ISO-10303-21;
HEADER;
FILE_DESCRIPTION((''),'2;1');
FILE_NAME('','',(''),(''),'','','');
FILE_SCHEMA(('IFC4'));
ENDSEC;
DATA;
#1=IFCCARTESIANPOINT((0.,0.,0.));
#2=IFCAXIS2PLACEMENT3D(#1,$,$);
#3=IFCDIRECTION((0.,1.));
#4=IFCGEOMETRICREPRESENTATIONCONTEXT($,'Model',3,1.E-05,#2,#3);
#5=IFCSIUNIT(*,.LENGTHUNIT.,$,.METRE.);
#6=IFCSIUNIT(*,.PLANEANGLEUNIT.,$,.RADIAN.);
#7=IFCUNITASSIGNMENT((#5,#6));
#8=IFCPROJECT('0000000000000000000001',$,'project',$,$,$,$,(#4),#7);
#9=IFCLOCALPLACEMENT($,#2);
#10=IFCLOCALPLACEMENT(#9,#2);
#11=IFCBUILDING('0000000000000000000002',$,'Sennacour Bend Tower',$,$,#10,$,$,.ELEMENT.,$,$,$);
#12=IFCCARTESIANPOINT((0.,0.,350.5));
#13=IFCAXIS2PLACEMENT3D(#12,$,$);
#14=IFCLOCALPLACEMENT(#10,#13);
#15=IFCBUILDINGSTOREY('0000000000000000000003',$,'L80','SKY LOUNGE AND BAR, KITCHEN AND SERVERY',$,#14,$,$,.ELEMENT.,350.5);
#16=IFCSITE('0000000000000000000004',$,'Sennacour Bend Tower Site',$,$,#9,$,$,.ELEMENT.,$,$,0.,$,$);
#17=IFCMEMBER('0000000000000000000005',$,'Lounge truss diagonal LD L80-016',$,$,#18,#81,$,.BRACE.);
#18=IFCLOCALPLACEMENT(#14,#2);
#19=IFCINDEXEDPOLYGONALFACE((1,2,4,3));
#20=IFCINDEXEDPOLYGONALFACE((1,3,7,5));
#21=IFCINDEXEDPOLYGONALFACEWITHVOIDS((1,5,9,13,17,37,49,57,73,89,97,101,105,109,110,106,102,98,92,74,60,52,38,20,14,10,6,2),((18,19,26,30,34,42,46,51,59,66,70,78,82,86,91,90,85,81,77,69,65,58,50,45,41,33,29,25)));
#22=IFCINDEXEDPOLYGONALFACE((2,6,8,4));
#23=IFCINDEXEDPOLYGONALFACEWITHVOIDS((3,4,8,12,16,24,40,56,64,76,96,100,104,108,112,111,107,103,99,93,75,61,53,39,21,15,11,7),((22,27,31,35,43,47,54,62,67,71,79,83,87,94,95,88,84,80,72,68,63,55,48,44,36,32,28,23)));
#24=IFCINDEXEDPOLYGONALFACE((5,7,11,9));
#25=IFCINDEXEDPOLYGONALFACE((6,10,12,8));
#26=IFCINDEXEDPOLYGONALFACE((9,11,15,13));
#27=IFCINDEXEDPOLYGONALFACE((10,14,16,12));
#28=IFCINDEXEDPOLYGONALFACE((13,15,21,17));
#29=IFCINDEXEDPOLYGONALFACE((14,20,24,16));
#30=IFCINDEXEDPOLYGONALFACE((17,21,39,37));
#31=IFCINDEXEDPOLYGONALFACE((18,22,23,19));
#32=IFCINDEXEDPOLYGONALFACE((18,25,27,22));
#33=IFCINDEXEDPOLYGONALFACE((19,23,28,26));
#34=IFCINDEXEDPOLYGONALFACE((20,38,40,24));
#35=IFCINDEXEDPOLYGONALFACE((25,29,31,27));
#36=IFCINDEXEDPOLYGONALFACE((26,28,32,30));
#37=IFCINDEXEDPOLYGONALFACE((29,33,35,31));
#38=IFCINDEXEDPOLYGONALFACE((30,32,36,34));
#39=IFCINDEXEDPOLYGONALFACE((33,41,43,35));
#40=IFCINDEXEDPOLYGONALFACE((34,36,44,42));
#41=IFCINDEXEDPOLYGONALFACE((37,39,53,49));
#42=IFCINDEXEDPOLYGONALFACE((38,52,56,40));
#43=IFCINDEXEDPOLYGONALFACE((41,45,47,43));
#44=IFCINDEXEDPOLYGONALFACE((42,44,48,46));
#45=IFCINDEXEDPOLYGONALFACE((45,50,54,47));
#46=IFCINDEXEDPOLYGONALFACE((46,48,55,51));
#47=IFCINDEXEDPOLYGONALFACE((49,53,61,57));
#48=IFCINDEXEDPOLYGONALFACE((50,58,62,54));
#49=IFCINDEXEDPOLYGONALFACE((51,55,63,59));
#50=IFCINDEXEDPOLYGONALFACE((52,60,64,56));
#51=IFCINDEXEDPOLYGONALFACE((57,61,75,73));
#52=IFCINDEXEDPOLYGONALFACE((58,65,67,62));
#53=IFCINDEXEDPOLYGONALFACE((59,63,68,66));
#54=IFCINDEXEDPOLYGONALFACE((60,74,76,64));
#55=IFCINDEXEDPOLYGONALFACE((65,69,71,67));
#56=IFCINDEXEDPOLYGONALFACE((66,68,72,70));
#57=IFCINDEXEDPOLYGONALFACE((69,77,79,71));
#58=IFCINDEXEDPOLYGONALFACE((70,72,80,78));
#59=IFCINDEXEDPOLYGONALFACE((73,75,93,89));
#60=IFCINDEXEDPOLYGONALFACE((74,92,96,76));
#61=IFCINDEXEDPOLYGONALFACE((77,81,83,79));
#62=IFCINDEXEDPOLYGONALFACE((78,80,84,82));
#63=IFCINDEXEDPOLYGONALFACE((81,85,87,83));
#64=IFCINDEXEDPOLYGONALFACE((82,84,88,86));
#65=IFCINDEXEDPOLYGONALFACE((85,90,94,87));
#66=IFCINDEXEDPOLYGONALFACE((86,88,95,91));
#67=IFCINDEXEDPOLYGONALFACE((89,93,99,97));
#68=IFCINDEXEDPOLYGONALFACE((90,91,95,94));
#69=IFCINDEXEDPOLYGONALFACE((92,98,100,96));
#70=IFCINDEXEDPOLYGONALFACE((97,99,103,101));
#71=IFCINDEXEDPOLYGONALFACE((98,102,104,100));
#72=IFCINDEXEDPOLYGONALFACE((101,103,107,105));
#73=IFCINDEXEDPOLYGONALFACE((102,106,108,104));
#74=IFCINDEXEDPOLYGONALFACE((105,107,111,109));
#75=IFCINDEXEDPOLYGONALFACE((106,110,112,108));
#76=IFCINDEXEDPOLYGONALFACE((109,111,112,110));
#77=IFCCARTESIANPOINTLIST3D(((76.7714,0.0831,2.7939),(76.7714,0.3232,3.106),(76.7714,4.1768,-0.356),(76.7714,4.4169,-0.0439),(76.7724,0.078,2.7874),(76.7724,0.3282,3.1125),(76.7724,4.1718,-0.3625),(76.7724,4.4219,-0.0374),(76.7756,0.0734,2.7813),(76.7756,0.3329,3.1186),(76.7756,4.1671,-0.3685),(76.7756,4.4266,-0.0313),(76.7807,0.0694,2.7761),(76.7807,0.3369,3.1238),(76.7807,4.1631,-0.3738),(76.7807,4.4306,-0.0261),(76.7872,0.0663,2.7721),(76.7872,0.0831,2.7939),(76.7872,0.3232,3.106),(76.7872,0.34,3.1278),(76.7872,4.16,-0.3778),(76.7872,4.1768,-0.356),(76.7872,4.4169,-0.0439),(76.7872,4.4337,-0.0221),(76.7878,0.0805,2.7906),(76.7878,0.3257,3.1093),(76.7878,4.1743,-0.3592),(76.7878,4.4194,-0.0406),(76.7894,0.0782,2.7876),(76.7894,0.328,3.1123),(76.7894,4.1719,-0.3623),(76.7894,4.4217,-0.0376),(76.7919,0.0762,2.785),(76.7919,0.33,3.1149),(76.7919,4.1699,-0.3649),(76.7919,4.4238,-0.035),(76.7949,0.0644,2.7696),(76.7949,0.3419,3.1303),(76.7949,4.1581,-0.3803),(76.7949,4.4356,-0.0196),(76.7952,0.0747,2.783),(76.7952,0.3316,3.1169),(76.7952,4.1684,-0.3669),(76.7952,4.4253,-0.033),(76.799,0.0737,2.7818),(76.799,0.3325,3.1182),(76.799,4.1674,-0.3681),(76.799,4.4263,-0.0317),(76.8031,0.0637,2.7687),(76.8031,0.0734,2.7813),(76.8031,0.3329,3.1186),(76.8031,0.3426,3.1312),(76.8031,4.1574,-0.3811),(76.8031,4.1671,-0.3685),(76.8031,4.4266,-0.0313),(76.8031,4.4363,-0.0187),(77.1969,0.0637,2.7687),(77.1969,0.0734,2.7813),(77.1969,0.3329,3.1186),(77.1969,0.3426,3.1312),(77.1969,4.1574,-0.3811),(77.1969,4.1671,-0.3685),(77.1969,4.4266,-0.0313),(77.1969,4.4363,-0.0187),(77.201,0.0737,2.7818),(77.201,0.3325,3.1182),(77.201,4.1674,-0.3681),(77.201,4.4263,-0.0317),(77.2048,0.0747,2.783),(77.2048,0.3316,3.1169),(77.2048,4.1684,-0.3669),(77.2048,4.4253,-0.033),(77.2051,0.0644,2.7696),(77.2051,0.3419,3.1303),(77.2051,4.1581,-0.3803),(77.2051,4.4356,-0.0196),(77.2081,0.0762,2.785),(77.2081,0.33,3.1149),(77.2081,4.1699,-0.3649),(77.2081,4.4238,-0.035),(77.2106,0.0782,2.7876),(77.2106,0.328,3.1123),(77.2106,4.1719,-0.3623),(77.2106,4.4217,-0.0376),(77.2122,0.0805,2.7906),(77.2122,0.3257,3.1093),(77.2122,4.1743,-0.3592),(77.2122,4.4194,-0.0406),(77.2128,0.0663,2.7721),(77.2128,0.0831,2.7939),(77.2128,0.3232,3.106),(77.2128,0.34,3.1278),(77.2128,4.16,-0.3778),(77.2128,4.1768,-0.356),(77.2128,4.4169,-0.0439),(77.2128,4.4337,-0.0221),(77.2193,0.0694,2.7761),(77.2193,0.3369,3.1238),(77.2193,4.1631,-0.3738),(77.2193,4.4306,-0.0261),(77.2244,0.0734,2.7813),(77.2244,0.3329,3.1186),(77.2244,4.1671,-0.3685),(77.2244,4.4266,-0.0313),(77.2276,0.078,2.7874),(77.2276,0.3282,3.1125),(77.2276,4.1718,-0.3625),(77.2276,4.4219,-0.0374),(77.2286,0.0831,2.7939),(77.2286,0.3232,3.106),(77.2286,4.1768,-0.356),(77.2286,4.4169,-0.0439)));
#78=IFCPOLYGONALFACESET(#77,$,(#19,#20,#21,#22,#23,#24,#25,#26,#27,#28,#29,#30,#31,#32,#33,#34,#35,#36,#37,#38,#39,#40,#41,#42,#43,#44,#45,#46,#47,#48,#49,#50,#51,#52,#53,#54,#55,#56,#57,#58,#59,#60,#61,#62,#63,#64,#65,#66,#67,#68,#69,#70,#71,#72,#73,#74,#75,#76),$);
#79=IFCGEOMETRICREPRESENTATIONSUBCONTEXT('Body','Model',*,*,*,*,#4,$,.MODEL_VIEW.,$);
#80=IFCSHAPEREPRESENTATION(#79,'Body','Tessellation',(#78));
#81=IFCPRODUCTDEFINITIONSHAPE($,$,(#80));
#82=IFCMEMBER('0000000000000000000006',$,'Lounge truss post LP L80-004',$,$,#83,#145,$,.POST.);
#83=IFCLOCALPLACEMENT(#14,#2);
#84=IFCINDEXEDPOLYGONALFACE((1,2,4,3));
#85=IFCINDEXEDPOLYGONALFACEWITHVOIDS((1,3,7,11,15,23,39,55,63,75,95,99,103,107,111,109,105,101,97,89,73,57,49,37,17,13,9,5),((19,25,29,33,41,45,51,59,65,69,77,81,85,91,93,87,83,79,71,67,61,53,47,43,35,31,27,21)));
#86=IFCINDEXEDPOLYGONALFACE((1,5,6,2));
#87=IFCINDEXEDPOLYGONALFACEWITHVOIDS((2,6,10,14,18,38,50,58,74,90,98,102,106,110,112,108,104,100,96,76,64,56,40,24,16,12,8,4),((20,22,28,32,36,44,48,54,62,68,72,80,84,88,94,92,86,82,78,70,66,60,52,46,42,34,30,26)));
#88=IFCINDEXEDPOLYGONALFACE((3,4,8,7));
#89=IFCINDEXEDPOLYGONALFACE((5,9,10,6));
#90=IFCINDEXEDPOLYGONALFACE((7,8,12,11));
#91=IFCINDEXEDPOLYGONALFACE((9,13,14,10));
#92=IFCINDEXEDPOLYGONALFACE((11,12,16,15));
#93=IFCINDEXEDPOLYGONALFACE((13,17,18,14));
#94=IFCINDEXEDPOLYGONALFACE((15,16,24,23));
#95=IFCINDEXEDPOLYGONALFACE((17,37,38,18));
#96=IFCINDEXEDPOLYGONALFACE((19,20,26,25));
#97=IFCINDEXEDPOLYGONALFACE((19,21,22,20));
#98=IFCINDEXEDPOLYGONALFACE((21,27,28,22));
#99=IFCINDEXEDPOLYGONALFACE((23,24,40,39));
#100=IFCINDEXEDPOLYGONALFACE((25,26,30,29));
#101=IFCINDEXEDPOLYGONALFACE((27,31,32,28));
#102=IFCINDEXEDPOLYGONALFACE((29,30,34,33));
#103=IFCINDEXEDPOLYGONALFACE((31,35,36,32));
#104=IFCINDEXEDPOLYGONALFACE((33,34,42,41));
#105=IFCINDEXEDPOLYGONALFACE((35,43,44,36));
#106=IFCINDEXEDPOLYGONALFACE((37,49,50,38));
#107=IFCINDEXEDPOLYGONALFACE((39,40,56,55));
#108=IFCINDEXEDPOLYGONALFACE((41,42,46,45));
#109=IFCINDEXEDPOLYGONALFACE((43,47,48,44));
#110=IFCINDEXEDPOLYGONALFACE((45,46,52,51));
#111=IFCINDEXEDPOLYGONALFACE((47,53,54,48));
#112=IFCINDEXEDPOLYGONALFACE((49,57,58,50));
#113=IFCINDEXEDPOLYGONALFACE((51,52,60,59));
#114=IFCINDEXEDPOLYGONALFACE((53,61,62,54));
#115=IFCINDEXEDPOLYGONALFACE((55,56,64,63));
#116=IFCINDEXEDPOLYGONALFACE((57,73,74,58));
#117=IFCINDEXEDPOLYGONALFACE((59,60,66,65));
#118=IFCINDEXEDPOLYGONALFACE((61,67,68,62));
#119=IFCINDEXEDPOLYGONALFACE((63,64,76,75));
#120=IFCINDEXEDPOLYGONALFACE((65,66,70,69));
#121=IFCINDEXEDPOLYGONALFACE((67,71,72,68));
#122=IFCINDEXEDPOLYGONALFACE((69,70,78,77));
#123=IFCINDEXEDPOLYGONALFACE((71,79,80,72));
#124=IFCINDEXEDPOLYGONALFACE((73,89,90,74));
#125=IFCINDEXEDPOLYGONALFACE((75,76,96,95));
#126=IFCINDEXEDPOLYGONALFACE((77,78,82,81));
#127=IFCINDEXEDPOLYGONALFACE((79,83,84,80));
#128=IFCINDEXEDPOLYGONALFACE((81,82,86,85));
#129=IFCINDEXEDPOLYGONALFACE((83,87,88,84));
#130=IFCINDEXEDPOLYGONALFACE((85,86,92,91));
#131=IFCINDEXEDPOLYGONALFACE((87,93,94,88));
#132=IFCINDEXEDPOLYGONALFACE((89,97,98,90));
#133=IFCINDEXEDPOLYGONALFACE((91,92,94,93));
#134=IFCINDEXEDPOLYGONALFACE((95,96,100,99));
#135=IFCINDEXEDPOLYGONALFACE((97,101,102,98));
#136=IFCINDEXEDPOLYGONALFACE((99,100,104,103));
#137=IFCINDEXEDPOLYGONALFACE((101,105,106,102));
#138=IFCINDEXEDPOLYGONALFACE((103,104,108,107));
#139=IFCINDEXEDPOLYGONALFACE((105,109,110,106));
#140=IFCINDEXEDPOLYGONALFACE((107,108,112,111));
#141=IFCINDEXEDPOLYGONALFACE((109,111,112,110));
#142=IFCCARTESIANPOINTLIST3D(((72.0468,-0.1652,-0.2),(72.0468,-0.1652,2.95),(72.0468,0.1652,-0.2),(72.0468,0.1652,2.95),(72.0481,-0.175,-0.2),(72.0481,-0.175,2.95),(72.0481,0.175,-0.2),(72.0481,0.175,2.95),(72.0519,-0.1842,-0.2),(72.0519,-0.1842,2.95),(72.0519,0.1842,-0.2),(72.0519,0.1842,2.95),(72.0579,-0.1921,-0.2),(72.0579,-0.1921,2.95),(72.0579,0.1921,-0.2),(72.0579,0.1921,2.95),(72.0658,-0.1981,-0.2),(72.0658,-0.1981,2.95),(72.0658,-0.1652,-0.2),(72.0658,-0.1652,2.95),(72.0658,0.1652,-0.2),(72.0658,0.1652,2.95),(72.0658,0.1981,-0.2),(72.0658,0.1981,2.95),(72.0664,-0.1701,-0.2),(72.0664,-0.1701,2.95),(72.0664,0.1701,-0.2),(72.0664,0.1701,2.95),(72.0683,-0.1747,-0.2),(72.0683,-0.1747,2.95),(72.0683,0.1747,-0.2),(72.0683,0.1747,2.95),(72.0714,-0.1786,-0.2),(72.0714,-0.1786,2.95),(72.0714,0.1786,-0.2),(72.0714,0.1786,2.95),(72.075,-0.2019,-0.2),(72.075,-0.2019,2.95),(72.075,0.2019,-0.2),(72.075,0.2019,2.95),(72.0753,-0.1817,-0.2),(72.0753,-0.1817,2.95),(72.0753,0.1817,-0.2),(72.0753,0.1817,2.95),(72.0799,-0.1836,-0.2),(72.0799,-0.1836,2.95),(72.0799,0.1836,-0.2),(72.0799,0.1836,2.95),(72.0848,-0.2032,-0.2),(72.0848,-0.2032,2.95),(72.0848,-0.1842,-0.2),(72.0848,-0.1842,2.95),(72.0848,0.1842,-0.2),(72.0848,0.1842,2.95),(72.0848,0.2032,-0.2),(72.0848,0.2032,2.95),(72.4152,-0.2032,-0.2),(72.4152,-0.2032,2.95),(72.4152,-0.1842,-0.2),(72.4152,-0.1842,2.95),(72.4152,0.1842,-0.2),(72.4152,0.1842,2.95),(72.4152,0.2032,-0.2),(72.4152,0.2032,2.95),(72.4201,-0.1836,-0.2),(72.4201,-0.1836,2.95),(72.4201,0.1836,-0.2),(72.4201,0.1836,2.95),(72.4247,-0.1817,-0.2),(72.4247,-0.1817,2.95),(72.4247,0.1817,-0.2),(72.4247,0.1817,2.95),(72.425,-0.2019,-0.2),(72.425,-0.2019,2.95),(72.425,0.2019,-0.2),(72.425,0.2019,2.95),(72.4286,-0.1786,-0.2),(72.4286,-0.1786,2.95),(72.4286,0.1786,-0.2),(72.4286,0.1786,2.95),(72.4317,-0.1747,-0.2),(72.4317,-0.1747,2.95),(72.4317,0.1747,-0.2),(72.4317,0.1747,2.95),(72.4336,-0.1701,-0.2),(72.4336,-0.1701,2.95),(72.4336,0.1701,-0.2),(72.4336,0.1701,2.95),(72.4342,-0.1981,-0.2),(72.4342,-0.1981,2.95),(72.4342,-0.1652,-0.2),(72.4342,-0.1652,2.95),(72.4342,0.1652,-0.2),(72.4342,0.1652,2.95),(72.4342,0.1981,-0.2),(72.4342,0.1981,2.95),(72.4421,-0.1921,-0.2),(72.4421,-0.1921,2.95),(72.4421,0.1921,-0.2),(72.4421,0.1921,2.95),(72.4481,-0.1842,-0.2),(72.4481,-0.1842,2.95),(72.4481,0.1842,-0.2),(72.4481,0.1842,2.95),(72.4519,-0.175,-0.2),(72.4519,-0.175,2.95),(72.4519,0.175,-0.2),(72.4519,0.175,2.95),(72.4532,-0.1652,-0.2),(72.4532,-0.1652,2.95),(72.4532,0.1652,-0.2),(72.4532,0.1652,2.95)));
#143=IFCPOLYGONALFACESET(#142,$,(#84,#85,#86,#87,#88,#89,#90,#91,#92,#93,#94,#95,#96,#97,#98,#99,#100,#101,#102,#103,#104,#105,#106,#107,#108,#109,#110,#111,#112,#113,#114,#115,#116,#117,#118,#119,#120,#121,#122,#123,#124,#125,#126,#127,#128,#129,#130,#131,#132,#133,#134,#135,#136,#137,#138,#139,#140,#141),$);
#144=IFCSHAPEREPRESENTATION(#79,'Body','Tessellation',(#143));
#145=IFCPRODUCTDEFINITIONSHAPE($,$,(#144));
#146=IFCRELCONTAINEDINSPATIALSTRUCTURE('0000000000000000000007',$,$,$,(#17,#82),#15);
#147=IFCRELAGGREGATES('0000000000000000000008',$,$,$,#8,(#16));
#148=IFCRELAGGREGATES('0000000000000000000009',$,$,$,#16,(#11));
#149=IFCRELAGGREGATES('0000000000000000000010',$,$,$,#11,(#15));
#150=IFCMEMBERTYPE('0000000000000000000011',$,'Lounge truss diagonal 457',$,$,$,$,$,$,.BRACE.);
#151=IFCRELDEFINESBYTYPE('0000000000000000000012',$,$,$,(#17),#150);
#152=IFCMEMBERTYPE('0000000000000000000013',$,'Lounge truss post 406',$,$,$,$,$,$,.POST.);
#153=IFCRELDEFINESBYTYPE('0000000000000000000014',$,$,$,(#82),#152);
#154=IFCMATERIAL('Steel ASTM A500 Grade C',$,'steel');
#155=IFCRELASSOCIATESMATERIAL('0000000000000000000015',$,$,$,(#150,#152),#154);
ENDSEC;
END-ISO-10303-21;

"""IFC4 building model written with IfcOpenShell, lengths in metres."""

from ifc_helpers import new_model, si_unit, direction, frame, origin, origin_2d, place, context, subcontext, project, spatial, hollow_rectangle, extrude, material, material_profile, profile_set, type_object, element, save


model = new_model("IFC4")

# Units and contexts
model_context = context("Model", 3, precision=1e-05, world=origin(), true_north=direction((0.0, 1.0)))
body_context = subcontext(model_context, "Body", "Model", "MODEL_VIEW")
ifc_project = project(units=[si_unit("LENGTHUNIT", "METRE"), si_unit("PLANEANGLEUNIT", "RADIAN")], contexts=[model_context])

# Site, building, storey
site_placement = place(None, origin())
site = spatial("IfcSite", under=ifc_project, at=site_placement, Name="Sennacour Bend Tower Site", CompositionType="ELEMENT", RefElevation=0.0)
building_placement = place(site_placement, origin())
building = spatial("IfcBuilding", under=site, at=building_placement, Name="Sennacour Bend Tower", CompositionType="ELEMENT")
storey_placement = place(building_placement, frame((0.0, 0.0, 350.5)))
storey = spatial("IfcBuildingStorey", under=building, at=storey_placement, Name="L80", Description="SKY LOUNGE AND BAR, KITCHEN AND SERVERY", CompositionType="ELEMENT", Elevation=350.5)

# Members
ifc_material_1 = material(Name="Steel ASTM A500 Grade C", Category="steel")
ifc_material_profile_1 = material_profile(ifc_material_1, hollow_rectangle(XDim=0.4573, YDim=0.4573, WallThickness=0.0159, InnerFilletRadius=0.0159, OuterFilletRadius=0.0317, at=origin_2d()), Name="Steel ASTM A500 Grade C", Category="steel")
ifc_profile_set_1 = profile_set([ifc_material_profile_1], Name="Steel ASTM A500 Grade C")
member_type_1 = type_object("IfcMemberType", Name="Lounge truss diagonal 457", PredefinedType="BRACE", material=ifc_profile_set_1)
member_1_placement = place(storey_placement, frame((77.0, 0.2031, 2.95), z_axis=(0.0, 0.792543, -0.609816), x_axis=(-1.0, 0.0, 0.0)))
element("IfcMember", 1, at=member_1_placement, inside=storey, type_object=member_type_1, Name="Lounge truss diagonal LD L80-016", PredefinedType="BRACE", context=body_context, shape_type="SweptSolid", body=[
    extrude(hollow_rectangle(XDim=0.4573, YDim=0.4573, WallThickness=0.0159, InnerFilletRadius=0.0159, OuterFilletRadius=0.0317, at=origin_2d()), origin(), (0.0, 0.0, 1.0), 5.1653),
])
ifc_material_profile_2 = material_profile(ifc_material_1, hollow_rectangle(XDim=0.4065, YDim=0.4065, WallThickness=0.019, InnerFilletRadius=0.019, OuterFilletRadius=0.0381, at=origin_2d()), Name="Steel ASTM A500 Grade C", Category="steel")
ifc_profile_set_2 = profile_set([ifc_material_profile_2], Name="Steel ASTM A500 Grade C")
member_type_2 = type_object("IfcMemberType", Name="Lounge truss post 406", PredefinedType="POST", material=ifc_profile_set_2)
for number, where, z_axis, x_axis, name in (
    (2, (72.25, 0.0, -0.2), (0.0, 0.0, 1.0), (1.0, 0.0, 0.0), "Lounge truss post LP L80-004"),
):
    element("IfcMember", number, at=place(storey_placement, frame(where, z_axis=z_axis, x_axis=x_axis)), inside=storey, type_object=member_type_2, Name=name, PredefinedType="POST", context=body_context, shape_type="SweptSolid", body=[
        extrude(hollow_rectangle(XDim=0.4065, YDim=0.4065, WallThickness=0.019, InnerFilletRadius=0.019, OuterFilletRadius=0.0381, at=origin_2d()), origin(), (0.0, 0.0, 1.0), 3.1499),
    ])

save(model, "model.ifc")
